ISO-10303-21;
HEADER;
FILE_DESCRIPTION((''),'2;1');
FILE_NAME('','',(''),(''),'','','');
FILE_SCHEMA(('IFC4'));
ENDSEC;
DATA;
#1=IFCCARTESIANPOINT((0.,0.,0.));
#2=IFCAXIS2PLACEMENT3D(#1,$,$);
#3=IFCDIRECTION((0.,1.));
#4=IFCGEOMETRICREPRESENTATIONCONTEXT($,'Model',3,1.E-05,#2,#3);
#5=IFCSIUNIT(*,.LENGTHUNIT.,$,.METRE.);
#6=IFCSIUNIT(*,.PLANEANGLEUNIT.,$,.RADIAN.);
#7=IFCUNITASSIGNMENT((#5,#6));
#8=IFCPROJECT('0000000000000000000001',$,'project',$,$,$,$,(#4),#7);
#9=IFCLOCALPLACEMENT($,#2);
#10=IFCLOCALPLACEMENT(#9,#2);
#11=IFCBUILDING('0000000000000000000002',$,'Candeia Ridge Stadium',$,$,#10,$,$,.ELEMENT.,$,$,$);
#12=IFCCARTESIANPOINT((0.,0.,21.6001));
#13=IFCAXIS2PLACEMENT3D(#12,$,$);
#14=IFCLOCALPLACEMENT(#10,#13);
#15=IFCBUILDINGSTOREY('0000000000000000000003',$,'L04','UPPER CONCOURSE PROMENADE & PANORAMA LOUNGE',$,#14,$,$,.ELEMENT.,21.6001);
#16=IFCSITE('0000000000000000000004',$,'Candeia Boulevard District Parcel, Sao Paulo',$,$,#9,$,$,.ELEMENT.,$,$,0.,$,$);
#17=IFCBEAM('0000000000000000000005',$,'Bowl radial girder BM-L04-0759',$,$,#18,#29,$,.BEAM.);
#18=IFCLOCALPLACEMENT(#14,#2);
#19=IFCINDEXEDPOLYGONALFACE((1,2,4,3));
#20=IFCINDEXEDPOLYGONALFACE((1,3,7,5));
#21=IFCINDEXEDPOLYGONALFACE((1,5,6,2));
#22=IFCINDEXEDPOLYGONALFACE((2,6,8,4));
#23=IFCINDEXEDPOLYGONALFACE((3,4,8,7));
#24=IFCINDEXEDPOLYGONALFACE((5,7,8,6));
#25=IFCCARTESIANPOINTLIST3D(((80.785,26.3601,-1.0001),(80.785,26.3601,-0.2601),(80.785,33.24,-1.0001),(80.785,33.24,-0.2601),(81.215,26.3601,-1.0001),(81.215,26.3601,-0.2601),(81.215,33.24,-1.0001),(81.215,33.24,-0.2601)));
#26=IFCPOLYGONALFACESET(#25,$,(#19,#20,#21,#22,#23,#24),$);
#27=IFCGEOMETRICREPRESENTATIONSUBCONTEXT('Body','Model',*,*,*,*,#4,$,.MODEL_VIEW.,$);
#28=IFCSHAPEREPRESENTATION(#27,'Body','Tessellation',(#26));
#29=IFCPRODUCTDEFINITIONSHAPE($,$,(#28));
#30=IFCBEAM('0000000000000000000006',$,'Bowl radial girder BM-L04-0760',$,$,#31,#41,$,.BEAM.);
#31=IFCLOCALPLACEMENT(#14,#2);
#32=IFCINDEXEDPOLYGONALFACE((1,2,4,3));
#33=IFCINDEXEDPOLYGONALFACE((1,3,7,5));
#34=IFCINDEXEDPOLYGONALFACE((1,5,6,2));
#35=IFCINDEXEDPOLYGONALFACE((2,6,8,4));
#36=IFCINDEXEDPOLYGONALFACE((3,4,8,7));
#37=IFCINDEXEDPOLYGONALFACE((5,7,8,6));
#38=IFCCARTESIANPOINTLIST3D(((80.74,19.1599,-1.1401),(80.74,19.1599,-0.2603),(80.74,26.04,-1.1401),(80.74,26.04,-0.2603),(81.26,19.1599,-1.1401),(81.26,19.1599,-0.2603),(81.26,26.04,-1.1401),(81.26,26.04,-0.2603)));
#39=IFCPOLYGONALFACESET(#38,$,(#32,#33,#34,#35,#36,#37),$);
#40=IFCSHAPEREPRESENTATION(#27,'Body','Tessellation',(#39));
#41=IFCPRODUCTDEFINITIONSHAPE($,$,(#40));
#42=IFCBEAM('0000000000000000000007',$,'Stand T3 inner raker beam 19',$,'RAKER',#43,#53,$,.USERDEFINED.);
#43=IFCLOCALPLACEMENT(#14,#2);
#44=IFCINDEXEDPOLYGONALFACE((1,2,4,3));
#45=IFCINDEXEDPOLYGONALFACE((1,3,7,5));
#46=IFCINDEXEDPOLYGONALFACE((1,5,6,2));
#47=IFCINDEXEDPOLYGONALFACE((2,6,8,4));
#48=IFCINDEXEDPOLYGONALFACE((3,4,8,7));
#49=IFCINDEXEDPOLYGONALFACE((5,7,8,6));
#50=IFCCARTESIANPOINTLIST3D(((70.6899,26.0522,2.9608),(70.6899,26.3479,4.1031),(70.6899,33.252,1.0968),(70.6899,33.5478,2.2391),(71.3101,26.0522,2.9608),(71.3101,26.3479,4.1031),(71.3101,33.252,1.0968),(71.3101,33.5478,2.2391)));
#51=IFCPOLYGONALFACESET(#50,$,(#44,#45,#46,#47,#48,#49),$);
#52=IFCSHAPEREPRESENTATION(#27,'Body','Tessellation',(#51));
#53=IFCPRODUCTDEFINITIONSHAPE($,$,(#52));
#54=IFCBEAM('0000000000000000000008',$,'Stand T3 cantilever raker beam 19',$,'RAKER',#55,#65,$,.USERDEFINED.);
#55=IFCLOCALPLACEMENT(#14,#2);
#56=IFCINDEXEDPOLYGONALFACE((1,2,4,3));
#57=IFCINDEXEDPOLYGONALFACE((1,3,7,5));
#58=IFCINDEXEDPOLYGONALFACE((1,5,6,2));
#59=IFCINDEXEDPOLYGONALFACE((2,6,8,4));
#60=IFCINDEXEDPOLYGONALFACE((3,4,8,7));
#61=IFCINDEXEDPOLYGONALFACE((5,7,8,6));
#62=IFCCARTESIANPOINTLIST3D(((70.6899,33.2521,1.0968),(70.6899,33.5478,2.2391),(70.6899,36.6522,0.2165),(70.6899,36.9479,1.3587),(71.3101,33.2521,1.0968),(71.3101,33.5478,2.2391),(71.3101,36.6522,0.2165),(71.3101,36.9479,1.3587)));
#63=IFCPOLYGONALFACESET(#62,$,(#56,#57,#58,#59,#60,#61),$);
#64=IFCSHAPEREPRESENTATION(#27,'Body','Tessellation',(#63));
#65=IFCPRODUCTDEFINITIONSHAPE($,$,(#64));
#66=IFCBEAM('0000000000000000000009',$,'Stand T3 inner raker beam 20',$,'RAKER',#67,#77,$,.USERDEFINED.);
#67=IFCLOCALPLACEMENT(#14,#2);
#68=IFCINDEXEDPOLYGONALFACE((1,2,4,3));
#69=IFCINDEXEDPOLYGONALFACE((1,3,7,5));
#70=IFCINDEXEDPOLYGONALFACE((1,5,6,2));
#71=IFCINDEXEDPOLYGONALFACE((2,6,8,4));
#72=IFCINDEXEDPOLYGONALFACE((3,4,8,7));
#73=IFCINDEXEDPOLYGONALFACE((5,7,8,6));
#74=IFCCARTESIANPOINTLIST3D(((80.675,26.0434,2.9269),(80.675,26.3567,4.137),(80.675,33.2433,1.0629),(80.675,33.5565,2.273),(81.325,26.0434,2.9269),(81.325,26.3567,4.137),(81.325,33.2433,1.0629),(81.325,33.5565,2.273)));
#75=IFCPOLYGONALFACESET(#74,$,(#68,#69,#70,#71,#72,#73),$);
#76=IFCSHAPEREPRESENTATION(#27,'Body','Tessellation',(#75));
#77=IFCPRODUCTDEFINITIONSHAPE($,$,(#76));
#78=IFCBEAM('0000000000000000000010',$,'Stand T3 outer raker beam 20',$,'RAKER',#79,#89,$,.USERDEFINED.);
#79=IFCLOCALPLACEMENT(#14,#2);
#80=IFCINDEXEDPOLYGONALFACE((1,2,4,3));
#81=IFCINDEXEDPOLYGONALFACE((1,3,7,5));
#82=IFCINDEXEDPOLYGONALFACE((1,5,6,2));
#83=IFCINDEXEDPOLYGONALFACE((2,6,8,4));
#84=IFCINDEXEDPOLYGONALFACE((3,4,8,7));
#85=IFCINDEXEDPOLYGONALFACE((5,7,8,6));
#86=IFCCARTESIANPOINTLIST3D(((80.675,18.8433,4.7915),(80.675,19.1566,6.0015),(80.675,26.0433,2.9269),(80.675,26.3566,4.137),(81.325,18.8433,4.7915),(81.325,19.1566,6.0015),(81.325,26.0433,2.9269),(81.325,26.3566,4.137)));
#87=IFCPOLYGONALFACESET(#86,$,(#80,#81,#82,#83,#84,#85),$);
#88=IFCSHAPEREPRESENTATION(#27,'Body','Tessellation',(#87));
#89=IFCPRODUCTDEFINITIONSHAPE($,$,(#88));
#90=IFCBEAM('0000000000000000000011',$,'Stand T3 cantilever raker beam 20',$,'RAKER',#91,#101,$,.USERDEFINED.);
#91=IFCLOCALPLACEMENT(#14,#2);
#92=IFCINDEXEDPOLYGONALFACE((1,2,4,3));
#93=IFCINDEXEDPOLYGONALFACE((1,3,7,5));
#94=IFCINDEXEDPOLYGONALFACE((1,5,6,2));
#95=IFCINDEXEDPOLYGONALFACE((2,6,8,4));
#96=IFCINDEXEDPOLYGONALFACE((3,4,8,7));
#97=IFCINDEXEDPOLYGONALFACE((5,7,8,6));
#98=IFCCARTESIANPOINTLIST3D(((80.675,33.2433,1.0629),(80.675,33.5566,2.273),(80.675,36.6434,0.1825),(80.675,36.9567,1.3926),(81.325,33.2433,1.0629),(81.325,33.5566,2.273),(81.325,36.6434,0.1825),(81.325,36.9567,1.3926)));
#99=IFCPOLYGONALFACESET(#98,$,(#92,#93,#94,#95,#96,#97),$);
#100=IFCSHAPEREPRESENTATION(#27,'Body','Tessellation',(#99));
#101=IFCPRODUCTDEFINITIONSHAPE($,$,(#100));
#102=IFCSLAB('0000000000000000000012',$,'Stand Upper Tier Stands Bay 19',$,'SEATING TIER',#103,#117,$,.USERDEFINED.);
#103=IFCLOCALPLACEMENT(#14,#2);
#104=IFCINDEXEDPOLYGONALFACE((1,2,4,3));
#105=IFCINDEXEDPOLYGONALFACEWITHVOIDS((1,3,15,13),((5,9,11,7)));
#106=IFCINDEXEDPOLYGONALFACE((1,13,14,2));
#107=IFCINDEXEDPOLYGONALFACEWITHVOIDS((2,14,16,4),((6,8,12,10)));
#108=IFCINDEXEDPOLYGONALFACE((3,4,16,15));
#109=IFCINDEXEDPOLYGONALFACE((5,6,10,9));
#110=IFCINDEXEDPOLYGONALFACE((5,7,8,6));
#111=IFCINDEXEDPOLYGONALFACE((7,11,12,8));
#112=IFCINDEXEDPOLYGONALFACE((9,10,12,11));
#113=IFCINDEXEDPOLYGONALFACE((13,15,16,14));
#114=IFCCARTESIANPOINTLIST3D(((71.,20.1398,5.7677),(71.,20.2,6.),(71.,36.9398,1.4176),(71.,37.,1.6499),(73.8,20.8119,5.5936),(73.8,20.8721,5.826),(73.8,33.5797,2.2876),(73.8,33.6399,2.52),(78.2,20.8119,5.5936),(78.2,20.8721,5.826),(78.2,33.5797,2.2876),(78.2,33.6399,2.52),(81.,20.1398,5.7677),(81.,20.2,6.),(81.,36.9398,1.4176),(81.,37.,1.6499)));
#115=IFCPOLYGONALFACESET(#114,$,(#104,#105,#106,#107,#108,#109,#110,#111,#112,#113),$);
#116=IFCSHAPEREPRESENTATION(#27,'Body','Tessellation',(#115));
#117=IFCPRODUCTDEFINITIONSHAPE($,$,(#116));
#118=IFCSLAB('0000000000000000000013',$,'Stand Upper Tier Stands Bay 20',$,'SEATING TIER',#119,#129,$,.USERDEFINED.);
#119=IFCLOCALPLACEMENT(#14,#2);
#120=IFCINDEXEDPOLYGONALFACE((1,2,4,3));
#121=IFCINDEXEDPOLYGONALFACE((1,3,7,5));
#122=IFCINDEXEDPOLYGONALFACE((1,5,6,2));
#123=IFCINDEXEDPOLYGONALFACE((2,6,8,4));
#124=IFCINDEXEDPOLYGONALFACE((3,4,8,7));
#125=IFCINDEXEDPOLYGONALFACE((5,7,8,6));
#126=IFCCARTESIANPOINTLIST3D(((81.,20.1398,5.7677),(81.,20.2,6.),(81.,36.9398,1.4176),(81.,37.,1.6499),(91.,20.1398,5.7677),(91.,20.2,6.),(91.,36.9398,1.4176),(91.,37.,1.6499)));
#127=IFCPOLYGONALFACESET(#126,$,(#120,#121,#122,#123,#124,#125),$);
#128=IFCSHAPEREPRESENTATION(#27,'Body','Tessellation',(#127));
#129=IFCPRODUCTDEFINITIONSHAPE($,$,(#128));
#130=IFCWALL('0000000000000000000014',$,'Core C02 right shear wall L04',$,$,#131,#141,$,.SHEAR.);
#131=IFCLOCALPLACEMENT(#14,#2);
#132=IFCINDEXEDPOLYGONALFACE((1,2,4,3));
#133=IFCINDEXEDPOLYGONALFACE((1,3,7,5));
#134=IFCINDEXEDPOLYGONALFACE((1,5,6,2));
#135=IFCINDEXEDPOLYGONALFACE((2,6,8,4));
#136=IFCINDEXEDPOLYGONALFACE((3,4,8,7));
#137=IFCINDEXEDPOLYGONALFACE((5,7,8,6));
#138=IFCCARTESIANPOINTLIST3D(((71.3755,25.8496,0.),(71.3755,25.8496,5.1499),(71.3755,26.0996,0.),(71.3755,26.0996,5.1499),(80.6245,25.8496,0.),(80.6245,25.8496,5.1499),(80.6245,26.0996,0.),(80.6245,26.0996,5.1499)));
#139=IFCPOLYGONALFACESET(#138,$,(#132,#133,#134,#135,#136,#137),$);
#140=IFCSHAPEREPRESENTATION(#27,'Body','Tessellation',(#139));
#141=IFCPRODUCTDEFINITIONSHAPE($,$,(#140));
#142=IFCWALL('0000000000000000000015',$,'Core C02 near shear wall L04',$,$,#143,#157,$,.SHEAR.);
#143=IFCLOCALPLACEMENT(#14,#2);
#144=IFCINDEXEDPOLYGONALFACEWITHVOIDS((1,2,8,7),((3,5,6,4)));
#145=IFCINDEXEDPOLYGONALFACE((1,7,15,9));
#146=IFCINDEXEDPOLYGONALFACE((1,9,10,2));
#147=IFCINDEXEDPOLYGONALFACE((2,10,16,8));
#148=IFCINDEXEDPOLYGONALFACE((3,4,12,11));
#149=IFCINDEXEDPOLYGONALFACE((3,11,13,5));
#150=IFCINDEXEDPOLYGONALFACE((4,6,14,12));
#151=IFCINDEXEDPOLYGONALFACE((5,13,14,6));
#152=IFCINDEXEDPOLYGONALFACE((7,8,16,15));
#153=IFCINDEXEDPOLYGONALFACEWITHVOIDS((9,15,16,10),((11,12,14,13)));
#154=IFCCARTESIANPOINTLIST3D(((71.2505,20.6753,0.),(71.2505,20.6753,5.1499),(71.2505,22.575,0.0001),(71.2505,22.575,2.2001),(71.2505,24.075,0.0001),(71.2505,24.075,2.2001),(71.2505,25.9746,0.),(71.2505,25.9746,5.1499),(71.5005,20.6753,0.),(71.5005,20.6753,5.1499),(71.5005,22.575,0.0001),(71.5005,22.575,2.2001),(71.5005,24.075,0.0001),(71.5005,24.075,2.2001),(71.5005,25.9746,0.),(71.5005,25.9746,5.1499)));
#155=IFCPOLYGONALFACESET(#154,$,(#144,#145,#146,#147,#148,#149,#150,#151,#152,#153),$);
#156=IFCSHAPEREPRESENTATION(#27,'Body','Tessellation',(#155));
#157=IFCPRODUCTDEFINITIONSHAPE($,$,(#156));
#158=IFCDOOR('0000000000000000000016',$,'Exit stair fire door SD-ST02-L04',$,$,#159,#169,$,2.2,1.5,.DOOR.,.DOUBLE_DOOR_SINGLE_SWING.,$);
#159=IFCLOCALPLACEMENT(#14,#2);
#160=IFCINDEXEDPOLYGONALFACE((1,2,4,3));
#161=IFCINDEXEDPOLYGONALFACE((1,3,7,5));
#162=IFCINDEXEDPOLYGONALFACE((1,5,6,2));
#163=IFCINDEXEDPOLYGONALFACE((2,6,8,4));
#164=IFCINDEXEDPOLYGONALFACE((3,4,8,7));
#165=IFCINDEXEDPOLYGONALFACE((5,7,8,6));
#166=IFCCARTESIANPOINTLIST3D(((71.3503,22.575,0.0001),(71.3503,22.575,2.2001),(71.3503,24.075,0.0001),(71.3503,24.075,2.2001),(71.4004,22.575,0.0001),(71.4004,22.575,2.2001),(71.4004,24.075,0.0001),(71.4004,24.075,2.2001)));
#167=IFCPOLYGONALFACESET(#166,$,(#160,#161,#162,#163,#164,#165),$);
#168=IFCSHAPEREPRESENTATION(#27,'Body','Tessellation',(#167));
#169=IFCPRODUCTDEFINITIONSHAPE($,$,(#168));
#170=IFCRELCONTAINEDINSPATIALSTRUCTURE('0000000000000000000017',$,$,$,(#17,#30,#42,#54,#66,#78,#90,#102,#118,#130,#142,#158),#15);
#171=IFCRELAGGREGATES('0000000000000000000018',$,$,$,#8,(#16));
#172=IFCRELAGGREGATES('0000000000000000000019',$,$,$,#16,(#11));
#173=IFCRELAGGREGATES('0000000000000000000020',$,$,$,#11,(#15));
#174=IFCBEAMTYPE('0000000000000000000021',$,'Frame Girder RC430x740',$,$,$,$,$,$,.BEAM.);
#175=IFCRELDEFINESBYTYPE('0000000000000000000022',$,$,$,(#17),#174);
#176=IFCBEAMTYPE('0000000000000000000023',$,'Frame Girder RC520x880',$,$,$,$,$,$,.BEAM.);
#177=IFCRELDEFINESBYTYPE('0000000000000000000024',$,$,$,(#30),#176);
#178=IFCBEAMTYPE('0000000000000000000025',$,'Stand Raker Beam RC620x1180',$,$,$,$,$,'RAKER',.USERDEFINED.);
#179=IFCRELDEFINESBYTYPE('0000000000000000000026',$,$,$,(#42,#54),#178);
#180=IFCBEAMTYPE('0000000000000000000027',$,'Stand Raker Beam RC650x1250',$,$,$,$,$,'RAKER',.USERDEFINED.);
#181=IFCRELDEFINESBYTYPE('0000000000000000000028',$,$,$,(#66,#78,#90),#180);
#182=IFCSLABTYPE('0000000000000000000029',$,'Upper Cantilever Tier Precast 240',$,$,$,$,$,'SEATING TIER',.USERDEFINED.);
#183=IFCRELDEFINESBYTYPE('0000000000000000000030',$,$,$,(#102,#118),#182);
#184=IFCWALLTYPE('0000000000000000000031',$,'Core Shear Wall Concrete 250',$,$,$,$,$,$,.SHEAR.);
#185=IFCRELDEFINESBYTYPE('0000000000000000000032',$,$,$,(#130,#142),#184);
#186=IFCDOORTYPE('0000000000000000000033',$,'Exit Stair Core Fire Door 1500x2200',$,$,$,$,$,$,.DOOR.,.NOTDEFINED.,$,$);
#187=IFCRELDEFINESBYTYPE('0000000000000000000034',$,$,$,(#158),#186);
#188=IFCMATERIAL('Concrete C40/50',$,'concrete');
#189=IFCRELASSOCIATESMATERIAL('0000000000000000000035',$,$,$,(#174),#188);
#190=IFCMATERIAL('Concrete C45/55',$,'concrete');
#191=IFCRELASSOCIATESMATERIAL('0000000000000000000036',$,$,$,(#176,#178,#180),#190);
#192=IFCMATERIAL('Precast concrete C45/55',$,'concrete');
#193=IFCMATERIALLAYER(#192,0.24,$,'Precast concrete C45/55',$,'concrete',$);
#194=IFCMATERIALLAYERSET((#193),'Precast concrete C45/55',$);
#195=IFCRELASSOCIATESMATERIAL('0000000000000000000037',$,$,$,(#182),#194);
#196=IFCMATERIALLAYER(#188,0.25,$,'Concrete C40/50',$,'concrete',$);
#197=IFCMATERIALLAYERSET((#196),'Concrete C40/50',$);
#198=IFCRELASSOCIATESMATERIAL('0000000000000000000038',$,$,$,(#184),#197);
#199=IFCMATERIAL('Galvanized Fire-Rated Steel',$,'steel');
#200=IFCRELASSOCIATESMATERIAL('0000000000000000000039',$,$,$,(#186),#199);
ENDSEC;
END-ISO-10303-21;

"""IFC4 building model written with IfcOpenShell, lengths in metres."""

from ifc_helpers import new_model, si_unit, direction, frame, frame_2d, origin, origin_2d, place, context, subcontext, project, spatial, polyline, rectangle, outline, extrude, material, layer, layer_set, material_profile, profile_set, type_object, element, fill, save


model = new_model("IFC4")

# Units and contexts
model_context = context("Model", 3, precision=1e-05, world=origin(), true_north=direction((0.0, 1.0)))
body_context = subcontext(model_context, "Body", "Model", "MODEL_VIEW")
ifc_project = project(units=[si_unit("LENGTHUNIT", "METRE"), si_unit("PLANEANGLEUNIT", "RADIAN")], contexts=[model_context])

# Site, building, storey
site_placement = place(None, origin())
site = spatial("IfcSite", under=ifc_project, at=site_placement, Name="Candeia Boulevard District Parcel, Sao Paulo", CompositionType="ELEMENT", RefElevation=0.0)
building_placement = place(site_placement, origin())
building = spatial("IfcBuilding", under=site, at=building_placement, Name="Candeia Ridge Stadium", CompositionType="ELEMENT")
storey_placement = place(building_placement, frame((0.0, 0.0, 21.6001)))
storey = spatial("IfcBuildingStorey", under=building, at=storey_placement, Name="L04", Description="UPPER CONCOURSE PROMENADE & PANORAMA LOUNGE", CompositionType="ELEMENT", Elevation=21.6001)

# Shared definitions
ifc_material_1 = material(Name="Concrete C45/55", Category="concrete")
ifc_material_2 = material(Name="Concrete C40/50", Category="concrete")

# Beams
ifc_material_profile_1 = material_profile(ifc_material_2, rectangle(XDim=0.4299, YDim=0.74, at=origin_2d()), Name="RC430x740", Category="concrete")
ifc_profile_set_1 = profile_set([ifc_material_profile_1], Name="Concrete C40/50")
beam_type_1 = type_object("IfcBeamType", Name="Frame Girder RC430x740", PredefinedType="BEAM", material=ifc_profile_set_1)
beam_1_placement = place(storey_placement, frame((81.0, 33.24, -0.6301), z_axis=(0.0, -1.0, 0.0), x_axis=(1.0, 0.0, 0.0)))
element("IfcBeam", 1, at=beam_1_placement, inside=storey, type_object=beam_type_1, Name="Bowl radial girder BM-L04-0759", PredefinedType="BEAM", context=body_context, shape_type="SweptSolid", body=[
    extrude(rectangle(XDim=0.4299, YDim=0.74, at=origin_2d()), origin(), (0.0, 0.0, 1.0), 6.8799),
])
ifc_material_profile_2 = material_profile(ifc_material_1, rectangle(XDim=0.52, YDim=0.8799, at=origin_2d()), Name="RC520x880", Category="concrete")
ifc_profile_set_2 = profile_set([ifc_material_profile_2], Name="Concrete C45/55")
beam_type_2 = type_object("IfcBeamType", Name="Frame Girder RC520x880", PredefinedType="BEAM", material=ifc_profile_set_2)
beam_2_placement = place(storey_placement, frame((81.0, 26.04, -0.7002), z_axis=(0.0, -1.0, 0.0), x_axis=(1.0, 0.0, 0.0)))
element("IfcBeam", 2, at=beam_2_placement, inside=storey, type_object=beam_type_2, Name="Bowl radial girder BM-L04-0760", PredefinedType="BEAM", context=body_context, shape_type="SweptSolid", body=[
    extrude(rectangle(XDim=0.52, YDim=0.8799, at=origin_2d()), origin(), (0.0, 0.0, 1.0), 6.8801),
])
ifc_material_profile_3 = material_profile(ifc_material_1, rectangle(XDim=0.6201, YDim=1.1799, at=origin_2d()), Name="RC620x1180", Category="concrete")
ifc_profile_set_3 = profile_set([ifc_material_profile_3], Name="Concrete C45/55")
beam_type_3 = type_object("IfcBeamType", Name="Stand Raker Beam RC620x1180", ElementType="RAKER", PredefinedType="USERDEFINED", material=ifc_profile_set_3)
beam_3_placement = place(storey_placement, frame((71.0, 33.3999, 1.668), z_axis=(0.0, -0.968083, 0.250629), x_axis=(1.0, 0.0, 0.0)))
element("IfcBeam", 3, at=beam_3_placement, inside=storey, type_object=beam_type_3, Name="Stand T3 inner raker beam 19", ObjectType="RAKER", PredefinedType="USERDEFINED", context=body_context, shape_type="SweptSolid", body=[
    extrude(rectangle(XDim=0.6201, YDim=1.1799, at=origin_2d()), origin(), (0.0, 0.0, 1.0), 7.4373),
])
beam_4_placement = place(storey_placement, frame((71.0, 36.8, 0.7876), z_axis=(0.0, -0.968076, 0.250656), x_axis=(1.0, 0.0, 0.0)))
element("IfcBeam", 4, at=beam_4_placement, inside=storey, type_object=beam_type_3, Name="Stand T3 cantilever raker beam 19", ObjectType="RAKER", PredefinedType="USERDEFINED", context=body_context, shape_type="SweptSolid", body=[
    extrude(rectangle(XDim=0.6201, YDim=1.1799, at=origin_2d()), origin(), (0.0, 0.0, 1.0), 3.5122),
])
ifc_material_profile_4 = material_profile(ifc_material_1, rectangle(XDim=0.6499, YDim=1.25, at=origin_2d()), Name="RC650x1250", Category="concrete")
ifc_profile_set_4 = profile_set([ifc_material_profile_4], Name="Concrete C45/55")
beam_type_4 = type_object("IfcBeamType", Name="Stand Raker Beam RC650x1250", ElementType="RAKER", PredefinedType="USERDEFINED", material=ifc_profile_set_4)
beam_5_placement = place(storey_placement, frame((81.0, 33.3999, 1.668), z_axis=(0.0, -0.968083, 0.250629), x_axis=(1.0, 0.0, 0.0)))
element("IfcBeam", 5, at=beam_5_placement, inside=storey, type_object=beam_type_4, Name="Stand T3 inner raker beam 20", ObjectType="RAKER", PredefinedType="USERDEFINED", context=body_context, shape_type="SweptSolid", body=[
    extrude(rectangle(XDim=0.6499, YDim=1.25, at=origin_2d()), origin(), (0.0, 0.0, 1.0), 7.4373),
])
beam_6_placement = place(storey_placement, frame((81.0, 26.2, 3.532), z_axis=(0.0, -0.968067, 0.250691), x_axis=(1.0, 0.0, 0.0)))
element("IfcBeam", 6, at=beam_6_placement, inside=storey, type_object=beam_type_4, Name="Stand T3 outer raker beam 20", ObjectType="RAKER", PredefinedType="USERDEFINED", context=body_context, shape_type="SweptSolid", body=[
    extrude(rectangle(XDim=0.6499, YDim=1.25, at=origin_2d()), origin(), (0.0, 0.0, 1.0), 7.4375),
])
beam_7_placement = place(storey_placement, frame((81.0, 36.8, 0.7876), z_axis=(0.0, -0.968076, 0.250656), x_axis=(1.0, 0.0, 0.0)))
element("IfcBeam", 7, at=beam_7_placement, inside=storey, type_object=beam_type_4, Name="Stand T3 cantilever raker beam 20", ObjectType="RAKER", PredefinedType="USERDEFINED", context=body_context, shape_type="SweptSolid", body=[
    extrude(rectangle(XDim=0.6499, YDim=1.25, at=origin_2d()), origin(), (0.0, 0.0, 1.0), 3.5122),
])

# Slabs
ifc_material_3 = material(Name="Precast concrete C45/55", Category="concrete")
ifc_layer_1 = layer(ifc_material_3, 0.24, Name="Precast concrete C45/55", Category="concrete")
ifc_layer_set_1 = layer_set([ifc_layer_1], Name="Precast concrete C45/55")
slab_type = type_object("IfcSlabType", Name="Upper Cantilever Tier Precast 240", ElementType="SEATING TIER", PredefinedType="USERDEFINED", material=ifc_layer_set_1)
slab_1_placement = place(storey_placement, frame((71.0, 37.0, 1.6499), z_axis=(0.0, 0.250667, 0.968073), x_axis=(1.0, 0.0, 0.0)))
element("IfcSlab", 8, at=slab_1_placement, inside=storey, type_object=slab_type, Name="Stand Upper Tier Stands Bay 19", ObjectType="SEATING TIER", PredefinedType="USERDEFINED", context=body_context, shape_type="SweptSolid", body=[
    extrude(outline(polyline([(0.0, 0.0), (10.0, 0.0), (10.0, -17.3541), (0.0, -17.3541), (0.0, 0.0)]), holes=[polyline([(2.8, -3.4709), (7.2, -3.4709), (7.2, -16.6598), (2.8, -16.6598), (2.8, -3.4709)])]), origin(), (0.0, 0.0, -1.0), 0.24),
])
slab_2_placement = place(storey_placement, frame((81.0, 37.0, 1.6499), z_axis=(0.0, 0.250667, 0.968073), x_axis=(1.0, 0.0, 0.0)))
element("IfcSlab", 9, at=slab_2_placement, inside=storey, type_object=slab_type, Name="Stand Upper Tier Stands Bay 20", ObjectType="SEATING TIER", PredefinedType="USERDEFINED", context=body_context, shape_type="SweptSolid", body=[
    extrude(outline(polyline([(0.0, 0.0), (10.0, 0.0), (10.0, -17.3541), (0.0, -17.3541), (0.0, 0.0)])), origin(), (0.0, 0.0, -1.0), 0.24),
])

# Wall
ifc_layer_2 = layer(ifc_material_2, 0.25, Name="Concrete C40/50", Category="concrete")
ifc_layer_set_2 = layer_set([ifc_layer_2], Name="Concrete C40/50")
wall_type = type_object("IfcWallType", Name="Core Shear Wall Concrete 250", PredefinedType="SHEAR", material=ifc_layer_set_2)
wall_1_placement = place(storey_placement, frame((80.6245, 25.9746, 0.0), z_axis=(0.0, 0.0, 1.0), x_axis=(-1.0, 0.0, 0.0)))
element("IfcWall", 10, at=wall_1_placement, inside=storey, type_object=wall_type, Name="Core C02 right shear wall L04", PredefinedType="SHEAR", context=body_context, shape_type="SweptSolid", body=[
    extrude(rectangle(XDim=9.249, YDim=0.25, at=frame_2d((4.6245, 0.0))), origin(), (0.0, 0.0, 1.0), 5.1499),
])

# Wall, opening, door
wall_2_placement = place(storey_placement, frame((71.3755, 25.9746, 0.0), z_axis=(0.0, 0.0, 1.0), x_axis=(0.0, -1.0, 0.0)))
wall_2 = element("IfcWall", 11, at=wall_2_placement, inside=storey, type_object=wall_type, Name="Core C02 near shear wall L04", PredefinedType="SHEAR", context=body_context, shape_type="SweptSolid", body=[
    extrude(rectangle(XDim=5.2993, YDim=0.25, at=frame_2d((2.6497, 0.0))), origin(), (0.0, 0.0, 1.0), 5.1499),
])
opening_1_placement = place(wall_2_placement, frame((1.8997, 0.0, 0.0)))
opening_1 = element("IfcOpeningElement", 12, at=opening_1_placement, cuts=wall_2, PredefinedType="OPENING", context=body_context, shape_type="SweptSolid", body=[
    extrude(rectangle(XDim=1.5, YDim=2.2, at=frame_2d((0.75, 1.1001))), frame((0.0, 0.135, 0.0), z_axis=(0.0, -1.0, 0.0), x_axis=(1.0, 0.0, 0.0)), (0.0, 0.0, 1.0), 0.27),
])
ifc_material_4 = material(Name="Galvanized Fire-Rated Steel", Category="steel")
door_type = type_object("IfcDoorType", Name="Exit Stair Core Fire Door 1500x2200", OperationType="NOTDEFINED", PredefinedType="DOOR", material=ifc_material_4)
door_1_placement = place(opening_1_placement, origin())
door_1 = element("IfcDoor", 13, at=door_1_placement, inside=storey, type_object=door_type, Name="Exit stair fire door SD-ST02-L04", OperationType="DOUBLE_DOOR_SINGLE_SWING", OverallHeight=2.2, OverallWidth=1.5, PredefinedType="DOOR", context=body_context, shape_type="SweptSolid", body=[
    extrude(rectangle(XDim=1.5, YDim=2.2, at=frame_2d((0.75, 1.1001))), frame((0.0, 0.0249, 0.0), z_axis=(0.0, -1.0, 0.0), x_axis=(1.0, 0.0, 0.0)), (0.0, 0.0, 1.0), 0.05),
])
fill(opening_1, door_1)

save(model, "model.ifc")
